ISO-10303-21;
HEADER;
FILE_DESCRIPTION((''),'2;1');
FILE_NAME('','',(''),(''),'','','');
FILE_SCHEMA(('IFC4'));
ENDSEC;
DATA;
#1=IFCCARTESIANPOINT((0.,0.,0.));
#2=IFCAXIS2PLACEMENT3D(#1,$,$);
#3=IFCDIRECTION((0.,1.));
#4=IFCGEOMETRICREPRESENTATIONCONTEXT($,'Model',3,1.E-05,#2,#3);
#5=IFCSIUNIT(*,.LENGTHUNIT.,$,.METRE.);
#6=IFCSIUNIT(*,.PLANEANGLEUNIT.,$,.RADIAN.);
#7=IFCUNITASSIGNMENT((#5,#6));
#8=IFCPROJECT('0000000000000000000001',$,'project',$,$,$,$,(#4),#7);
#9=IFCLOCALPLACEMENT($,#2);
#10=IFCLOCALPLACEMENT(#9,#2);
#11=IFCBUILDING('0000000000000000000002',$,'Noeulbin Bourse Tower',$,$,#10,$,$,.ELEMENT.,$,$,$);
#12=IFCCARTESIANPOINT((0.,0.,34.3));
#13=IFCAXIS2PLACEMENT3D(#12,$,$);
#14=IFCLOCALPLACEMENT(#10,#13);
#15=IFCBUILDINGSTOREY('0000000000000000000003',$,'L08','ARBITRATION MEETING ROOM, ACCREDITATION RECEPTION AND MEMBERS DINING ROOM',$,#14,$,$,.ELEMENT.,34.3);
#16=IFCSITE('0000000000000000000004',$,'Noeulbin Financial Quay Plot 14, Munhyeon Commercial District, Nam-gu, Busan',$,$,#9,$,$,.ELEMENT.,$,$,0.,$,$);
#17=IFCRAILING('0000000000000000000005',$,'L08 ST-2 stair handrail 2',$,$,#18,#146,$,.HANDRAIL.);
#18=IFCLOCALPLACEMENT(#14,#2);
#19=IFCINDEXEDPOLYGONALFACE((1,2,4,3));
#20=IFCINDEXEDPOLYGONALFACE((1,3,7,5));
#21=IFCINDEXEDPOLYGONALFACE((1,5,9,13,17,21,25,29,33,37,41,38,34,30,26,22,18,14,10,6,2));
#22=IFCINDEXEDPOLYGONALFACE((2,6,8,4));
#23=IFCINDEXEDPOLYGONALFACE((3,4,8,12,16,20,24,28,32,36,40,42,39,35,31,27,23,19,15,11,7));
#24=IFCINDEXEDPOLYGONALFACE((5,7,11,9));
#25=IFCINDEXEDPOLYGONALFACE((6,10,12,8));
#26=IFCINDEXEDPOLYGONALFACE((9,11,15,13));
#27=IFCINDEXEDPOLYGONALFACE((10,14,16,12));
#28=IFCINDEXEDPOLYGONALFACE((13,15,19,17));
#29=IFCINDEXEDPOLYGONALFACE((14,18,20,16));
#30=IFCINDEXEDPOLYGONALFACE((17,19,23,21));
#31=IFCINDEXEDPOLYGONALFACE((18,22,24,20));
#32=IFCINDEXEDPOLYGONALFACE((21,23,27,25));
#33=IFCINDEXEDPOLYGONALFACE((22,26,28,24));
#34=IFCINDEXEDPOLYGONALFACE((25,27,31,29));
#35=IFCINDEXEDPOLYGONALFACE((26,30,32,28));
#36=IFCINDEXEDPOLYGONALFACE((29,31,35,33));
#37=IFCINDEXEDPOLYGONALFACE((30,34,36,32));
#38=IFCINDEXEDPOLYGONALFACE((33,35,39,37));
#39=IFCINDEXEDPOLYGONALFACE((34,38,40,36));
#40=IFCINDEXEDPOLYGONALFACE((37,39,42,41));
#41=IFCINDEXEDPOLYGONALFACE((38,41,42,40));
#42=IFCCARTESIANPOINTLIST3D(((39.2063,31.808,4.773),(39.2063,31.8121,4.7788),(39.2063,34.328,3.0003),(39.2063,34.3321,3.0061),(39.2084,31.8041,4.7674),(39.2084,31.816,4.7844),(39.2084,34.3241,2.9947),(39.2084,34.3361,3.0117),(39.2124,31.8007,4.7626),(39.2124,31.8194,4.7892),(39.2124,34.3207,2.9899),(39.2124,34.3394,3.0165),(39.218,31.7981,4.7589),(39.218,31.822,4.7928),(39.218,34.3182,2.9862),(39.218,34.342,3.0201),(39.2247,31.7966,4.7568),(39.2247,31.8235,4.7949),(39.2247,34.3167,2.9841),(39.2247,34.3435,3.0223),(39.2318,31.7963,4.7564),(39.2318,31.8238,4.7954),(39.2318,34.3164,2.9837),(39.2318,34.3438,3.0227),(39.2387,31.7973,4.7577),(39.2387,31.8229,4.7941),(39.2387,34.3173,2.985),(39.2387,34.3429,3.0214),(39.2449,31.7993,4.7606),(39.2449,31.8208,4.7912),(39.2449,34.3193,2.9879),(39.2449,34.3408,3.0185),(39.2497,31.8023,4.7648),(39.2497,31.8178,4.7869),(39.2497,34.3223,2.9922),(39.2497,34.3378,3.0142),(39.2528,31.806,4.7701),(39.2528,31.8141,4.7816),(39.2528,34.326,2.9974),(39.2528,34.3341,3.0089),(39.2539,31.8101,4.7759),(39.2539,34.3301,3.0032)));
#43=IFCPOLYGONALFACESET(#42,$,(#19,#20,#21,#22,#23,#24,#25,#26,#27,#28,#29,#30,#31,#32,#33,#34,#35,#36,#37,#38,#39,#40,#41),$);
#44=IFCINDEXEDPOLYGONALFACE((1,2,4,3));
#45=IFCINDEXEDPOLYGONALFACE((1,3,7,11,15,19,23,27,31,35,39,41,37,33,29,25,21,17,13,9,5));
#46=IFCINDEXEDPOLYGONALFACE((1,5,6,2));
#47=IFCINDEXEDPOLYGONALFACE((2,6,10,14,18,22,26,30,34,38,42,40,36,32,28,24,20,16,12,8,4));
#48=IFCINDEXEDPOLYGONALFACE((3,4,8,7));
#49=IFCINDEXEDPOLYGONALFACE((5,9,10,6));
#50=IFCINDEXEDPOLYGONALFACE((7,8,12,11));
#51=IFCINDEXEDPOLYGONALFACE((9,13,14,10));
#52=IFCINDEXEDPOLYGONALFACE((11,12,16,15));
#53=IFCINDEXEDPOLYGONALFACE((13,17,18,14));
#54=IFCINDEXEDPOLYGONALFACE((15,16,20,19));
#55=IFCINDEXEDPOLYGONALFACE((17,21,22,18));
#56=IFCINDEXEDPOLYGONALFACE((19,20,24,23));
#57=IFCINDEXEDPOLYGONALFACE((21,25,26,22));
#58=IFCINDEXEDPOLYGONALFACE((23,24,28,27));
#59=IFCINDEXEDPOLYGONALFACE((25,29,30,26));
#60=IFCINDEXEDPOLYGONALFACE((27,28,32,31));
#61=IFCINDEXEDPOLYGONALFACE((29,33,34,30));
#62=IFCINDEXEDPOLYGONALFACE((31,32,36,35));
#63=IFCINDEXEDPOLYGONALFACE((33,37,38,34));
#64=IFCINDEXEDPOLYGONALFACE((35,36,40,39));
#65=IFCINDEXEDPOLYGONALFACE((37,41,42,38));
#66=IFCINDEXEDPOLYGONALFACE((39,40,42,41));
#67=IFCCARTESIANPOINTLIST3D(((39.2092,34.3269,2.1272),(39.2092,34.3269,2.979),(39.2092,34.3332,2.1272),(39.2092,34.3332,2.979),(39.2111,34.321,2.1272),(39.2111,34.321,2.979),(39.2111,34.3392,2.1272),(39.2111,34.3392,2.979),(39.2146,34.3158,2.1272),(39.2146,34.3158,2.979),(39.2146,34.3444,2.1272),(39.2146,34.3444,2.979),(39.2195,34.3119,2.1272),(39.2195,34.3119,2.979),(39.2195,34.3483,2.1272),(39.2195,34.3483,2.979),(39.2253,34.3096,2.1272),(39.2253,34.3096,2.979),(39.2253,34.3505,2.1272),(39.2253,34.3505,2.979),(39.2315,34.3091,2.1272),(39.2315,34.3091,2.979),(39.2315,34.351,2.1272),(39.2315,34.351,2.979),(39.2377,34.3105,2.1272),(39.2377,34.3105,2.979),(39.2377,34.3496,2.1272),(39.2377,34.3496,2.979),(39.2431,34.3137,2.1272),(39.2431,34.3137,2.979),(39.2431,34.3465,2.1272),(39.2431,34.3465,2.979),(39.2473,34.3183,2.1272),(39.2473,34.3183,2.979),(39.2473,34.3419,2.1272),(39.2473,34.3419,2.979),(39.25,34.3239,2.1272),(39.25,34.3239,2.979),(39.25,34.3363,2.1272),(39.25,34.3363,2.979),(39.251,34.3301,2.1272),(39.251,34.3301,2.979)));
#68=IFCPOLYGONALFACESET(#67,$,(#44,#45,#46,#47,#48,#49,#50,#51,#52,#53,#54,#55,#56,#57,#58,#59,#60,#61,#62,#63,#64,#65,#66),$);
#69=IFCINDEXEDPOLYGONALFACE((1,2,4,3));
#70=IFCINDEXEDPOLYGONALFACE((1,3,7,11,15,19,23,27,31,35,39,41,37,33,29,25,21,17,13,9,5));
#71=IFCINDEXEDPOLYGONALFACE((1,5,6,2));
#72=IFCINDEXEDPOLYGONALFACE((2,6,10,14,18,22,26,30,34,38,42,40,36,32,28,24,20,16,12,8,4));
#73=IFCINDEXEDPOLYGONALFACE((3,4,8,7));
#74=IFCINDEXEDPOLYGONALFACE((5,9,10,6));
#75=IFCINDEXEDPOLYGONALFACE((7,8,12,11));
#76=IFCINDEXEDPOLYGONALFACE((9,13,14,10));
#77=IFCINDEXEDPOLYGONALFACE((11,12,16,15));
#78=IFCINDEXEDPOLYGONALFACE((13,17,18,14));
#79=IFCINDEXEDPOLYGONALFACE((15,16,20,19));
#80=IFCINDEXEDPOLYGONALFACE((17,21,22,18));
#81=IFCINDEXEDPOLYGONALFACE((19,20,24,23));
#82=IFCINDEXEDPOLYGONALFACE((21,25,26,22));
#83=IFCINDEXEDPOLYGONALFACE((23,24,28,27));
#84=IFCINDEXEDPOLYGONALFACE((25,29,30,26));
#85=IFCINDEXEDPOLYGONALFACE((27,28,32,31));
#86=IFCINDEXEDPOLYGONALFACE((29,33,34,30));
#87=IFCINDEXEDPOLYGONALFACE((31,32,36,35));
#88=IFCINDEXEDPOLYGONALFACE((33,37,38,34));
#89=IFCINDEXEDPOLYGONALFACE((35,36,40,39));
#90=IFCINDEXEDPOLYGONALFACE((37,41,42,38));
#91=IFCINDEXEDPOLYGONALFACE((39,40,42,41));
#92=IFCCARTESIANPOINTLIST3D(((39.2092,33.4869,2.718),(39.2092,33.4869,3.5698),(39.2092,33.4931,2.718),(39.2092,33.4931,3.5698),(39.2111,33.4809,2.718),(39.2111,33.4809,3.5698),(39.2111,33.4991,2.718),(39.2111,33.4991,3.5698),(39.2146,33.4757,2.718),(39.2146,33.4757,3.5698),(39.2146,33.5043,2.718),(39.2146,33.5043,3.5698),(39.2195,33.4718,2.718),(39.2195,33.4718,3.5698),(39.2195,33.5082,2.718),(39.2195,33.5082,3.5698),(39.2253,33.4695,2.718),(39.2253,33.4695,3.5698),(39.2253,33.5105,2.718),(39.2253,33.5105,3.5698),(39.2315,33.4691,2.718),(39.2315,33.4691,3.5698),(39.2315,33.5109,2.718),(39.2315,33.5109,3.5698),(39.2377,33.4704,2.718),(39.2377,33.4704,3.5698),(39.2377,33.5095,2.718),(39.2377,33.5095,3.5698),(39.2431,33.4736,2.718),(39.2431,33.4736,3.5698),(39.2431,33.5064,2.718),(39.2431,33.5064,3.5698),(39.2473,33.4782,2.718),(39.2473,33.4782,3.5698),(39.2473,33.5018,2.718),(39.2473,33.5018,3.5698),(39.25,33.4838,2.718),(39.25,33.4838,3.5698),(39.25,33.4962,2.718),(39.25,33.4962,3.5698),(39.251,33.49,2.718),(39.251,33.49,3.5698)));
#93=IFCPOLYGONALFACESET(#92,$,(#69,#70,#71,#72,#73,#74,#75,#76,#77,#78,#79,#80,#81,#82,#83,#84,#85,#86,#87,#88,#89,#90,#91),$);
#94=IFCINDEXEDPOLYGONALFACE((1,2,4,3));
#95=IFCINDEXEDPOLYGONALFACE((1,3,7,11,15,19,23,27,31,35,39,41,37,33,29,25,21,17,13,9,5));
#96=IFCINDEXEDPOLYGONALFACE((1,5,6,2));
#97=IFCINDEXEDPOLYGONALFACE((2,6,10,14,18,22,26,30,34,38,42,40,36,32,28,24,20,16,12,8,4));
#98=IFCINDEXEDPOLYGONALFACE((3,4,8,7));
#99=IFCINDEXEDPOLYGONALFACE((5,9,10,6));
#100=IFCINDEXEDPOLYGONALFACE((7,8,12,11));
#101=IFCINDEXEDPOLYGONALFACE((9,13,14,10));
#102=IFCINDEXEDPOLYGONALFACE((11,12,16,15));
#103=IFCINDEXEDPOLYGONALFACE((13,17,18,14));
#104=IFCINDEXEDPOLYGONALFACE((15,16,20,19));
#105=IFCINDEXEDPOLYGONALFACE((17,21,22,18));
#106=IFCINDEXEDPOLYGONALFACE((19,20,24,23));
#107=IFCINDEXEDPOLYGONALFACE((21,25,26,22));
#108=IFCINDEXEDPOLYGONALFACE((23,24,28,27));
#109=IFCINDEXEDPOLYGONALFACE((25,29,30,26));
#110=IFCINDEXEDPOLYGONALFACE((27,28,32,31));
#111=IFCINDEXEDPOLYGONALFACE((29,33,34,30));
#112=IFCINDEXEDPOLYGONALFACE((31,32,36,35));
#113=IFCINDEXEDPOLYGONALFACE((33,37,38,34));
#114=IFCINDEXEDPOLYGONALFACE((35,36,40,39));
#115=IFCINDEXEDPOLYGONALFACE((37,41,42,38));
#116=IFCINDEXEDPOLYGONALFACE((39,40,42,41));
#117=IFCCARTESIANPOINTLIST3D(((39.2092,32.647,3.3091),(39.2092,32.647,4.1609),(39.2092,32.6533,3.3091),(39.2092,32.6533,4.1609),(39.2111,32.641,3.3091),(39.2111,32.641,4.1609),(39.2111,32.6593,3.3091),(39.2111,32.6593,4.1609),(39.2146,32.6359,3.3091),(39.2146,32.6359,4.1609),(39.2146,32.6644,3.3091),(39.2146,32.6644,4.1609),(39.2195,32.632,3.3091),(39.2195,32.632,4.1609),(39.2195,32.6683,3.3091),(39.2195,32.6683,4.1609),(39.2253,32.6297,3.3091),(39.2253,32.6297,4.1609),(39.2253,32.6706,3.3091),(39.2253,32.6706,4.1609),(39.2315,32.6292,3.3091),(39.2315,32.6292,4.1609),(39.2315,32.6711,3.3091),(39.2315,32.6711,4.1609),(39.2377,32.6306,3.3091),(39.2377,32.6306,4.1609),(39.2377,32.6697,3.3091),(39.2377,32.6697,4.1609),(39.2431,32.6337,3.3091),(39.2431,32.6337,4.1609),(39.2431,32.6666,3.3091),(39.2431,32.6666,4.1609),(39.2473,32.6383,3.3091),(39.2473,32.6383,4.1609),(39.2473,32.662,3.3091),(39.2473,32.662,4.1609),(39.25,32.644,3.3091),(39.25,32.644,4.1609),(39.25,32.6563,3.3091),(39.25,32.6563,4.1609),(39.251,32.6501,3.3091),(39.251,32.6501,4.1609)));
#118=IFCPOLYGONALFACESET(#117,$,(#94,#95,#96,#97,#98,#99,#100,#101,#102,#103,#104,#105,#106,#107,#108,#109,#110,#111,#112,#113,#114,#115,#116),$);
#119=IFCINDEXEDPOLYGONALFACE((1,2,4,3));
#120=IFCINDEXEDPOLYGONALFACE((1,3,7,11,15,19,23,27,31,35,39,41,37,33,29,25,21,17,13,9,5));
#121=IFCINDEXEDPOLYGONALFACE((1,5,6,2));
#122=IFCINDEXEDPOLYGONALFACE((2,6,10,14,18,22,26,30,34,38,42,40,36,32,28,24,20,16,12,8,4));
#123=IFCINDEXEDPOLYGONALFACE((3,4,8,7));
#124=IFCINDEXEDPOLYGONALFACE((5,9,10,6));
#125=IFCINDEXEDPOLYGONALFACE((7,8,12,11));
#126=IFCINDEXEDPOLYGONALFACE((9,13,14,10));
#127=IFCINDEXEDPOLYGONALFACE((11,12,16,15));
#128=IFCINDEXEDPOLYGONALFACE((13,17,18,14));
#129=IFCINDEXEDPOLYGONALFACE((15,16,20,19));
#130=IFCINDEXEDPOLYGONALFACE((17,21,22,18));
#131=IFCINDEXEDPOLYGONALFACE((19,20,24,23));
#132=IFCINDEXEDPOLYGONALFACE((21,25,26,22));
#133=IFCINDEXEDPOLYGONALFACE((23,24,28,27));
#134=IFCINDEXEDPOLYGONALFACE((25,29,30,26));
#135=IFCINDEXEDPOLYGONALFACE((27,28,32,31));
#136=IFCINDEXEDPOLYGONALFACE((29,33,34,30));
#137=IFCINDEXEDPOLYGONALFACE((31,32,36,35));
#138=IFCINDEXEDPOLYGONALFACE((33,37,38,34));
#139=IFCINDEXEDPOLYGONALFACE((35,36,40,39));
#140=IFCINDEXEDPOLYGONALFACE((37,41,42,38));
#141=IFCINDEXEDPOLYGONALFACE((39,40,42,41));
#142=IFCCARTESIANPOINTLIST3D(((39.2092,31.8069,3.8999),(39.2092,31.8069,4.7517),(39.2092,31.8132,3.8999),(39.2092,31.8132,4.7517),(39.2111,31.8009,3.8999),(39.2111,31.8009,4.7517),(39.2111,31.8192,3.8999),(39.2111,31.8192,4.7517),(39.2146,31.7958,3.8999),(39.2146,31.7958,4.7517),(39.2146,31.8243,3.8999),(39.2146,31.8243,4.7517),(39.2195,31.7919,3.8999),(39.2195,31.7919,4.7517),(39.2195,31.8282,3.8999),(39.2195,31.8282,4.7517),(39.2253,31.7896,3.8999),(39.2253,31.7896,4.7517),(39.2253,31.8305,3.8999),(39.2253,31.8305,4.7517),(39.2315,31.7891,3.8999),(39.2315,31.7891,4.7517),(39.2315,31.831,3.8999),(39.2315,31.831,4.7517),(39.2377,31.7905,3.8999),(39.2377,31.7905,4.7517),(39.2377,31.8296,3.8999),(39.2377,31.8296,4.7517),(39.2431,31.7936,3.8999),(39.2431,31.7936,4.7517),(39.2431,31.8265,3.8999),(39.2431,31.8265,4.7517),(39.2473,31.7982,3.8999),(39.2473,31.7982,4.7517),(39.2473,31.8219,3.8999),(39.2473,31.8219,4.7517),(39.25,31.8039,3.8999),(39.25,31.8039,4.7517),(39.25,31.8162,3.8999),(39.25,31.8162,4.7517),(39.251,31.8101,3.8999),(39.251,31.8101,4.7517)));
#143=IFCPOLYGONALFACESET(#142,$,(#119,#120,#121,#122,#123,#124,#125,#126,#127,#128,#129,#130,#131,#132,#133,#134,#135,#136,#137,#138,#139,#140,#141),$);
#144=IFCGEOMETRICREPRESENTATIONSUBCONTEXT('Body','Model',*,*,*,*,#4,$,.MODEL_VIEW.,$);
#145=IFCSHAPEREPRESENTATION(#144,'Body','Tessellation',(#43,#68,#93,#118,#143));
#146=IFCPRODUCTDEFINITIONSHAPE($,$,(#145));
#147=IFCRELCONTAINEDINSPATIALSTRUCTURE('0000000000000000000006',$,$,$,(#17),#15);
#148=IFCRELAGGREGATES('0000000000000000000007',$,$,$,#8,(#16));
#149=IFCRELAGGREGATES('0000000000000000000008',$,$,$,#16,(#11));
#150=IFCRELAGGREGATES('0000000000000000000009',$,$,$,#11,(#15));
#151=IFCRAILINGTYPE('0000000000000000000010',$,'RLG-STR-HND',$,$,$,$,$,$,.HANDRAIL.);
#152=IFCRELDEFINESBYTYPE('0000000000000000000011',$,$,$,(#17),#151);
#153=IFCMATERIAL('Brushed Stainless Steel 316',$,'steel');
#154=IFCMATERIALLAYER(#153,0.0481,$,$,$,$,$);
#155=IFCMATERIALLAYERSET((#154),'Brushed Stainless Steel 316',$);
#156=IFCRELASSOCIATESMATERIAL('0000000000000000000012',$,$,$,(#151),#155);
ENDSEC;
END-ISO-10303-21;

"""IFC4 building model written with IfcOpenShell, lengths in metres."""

from ifc_helpers import new_model, si_unit, direction, frame, origin, origin_2d, place, context, subcontext, project, spatial, circle, extrude, material, layer, layer_set, type_object, element, save


model = new_model("IFC4")

# Units and contexts
model_context = context("Model", 3, precision=1e-05, world=origin(), true_north=direction((0.0, 1.0)))
body_context = subcontext(model_context, "Body", "Model", "MODEL_VIEW")
ifc_project = project(units=[si_unit("LENGTHUNIT", "METRE"), si_unit("PLANEANGLEUNIT", "RADIAN")], contexts=[model_context])

# Site, building, storey
site_placement = place(None, origin())
site = spatial("IfcSite", under=ifc_project, at=site_placement, Name="Noeulbin Financial Quay Plot 14, Munhyeon Commercial District, Nam-gu, Busan", CompositionType="ELEMENT", RefElevation=0.0)
building_placement = place(site_placement, origin())
building = spatial("IfcBuilding", under=site, at=building_placement, Name="Noeulbin Bourse Tower", CompositionType="ELEMENT")
storey_placement = place(building_placement, frame((0.0, 0.0, 34.3)))
storey = spatial("IfcBuildingStorey", under=building, at=storey_placement, Name="L08", Description="ARBITRATION MEETING ROOM, ACCREDITATION RECEPTION AND MEMBERS DINING ROOM", CompositionType="ELEMENT", Elevation=34.3)

# Shared definitions
ifc_material_1 = material(Name="Brushed Stainless Steel 316", Category="steel")

# Railing
ifc_layer_1 = layer(ifc_material_1, 0.0481)
ifc_layer_set_1 = layer_set([ifc_layer_1], Name="Brushed Stainless Steel 316")
railing_type = type_object("IfcRailingType", Name="RLG-STR-HND", PredefinedType="HANDRAIL", material=ifc_layer_set_1)
railing_placement = place(storey_placement, frame((39.23, 34.3301, 2.1272)))
element("IfcRailing", 1, at=railing_placement, inside=storey, type_object=railing_type, Name="L08 ST-2 stair handrail 2", PredefinedType="HANDRAIL", context=body_context, shape_type="SweptSolid", body=[
    extrude(circle(Radius=0.0239, at=origin_2d()), frame((0.0, 0.0, 0.876), z_axis=(0.0, -0.817904, 0.575354), x_axis=(1.0, 0.0, 0.0)), (0.0, 0.0, 1.0), 3.0811),
    extrude(circle(Radius=0.021, at=origin_2d()), origin(), (0.0, 0.0, 1.0), 0.8518),
    extrude(circle(Radius=0.021, at=origin_2d()), frame((0.0, -0.8401, 0.5908)), (0.0, 0.0, 1.0), 0.8518),
    extrude(circle(Radius=0.021, at=origin_2d()), frame((0.0, -1.6799, 1.1819)), (0.0, 0.0, 1.0), 0.8518),
    extrude(circle(Radius=0.021, at=origin_2d()), frame((0.0, -2.52, 1.7727)), (0.0, 0.0, 1.0), 0.8518),
])

save(model, "model.ifc")
